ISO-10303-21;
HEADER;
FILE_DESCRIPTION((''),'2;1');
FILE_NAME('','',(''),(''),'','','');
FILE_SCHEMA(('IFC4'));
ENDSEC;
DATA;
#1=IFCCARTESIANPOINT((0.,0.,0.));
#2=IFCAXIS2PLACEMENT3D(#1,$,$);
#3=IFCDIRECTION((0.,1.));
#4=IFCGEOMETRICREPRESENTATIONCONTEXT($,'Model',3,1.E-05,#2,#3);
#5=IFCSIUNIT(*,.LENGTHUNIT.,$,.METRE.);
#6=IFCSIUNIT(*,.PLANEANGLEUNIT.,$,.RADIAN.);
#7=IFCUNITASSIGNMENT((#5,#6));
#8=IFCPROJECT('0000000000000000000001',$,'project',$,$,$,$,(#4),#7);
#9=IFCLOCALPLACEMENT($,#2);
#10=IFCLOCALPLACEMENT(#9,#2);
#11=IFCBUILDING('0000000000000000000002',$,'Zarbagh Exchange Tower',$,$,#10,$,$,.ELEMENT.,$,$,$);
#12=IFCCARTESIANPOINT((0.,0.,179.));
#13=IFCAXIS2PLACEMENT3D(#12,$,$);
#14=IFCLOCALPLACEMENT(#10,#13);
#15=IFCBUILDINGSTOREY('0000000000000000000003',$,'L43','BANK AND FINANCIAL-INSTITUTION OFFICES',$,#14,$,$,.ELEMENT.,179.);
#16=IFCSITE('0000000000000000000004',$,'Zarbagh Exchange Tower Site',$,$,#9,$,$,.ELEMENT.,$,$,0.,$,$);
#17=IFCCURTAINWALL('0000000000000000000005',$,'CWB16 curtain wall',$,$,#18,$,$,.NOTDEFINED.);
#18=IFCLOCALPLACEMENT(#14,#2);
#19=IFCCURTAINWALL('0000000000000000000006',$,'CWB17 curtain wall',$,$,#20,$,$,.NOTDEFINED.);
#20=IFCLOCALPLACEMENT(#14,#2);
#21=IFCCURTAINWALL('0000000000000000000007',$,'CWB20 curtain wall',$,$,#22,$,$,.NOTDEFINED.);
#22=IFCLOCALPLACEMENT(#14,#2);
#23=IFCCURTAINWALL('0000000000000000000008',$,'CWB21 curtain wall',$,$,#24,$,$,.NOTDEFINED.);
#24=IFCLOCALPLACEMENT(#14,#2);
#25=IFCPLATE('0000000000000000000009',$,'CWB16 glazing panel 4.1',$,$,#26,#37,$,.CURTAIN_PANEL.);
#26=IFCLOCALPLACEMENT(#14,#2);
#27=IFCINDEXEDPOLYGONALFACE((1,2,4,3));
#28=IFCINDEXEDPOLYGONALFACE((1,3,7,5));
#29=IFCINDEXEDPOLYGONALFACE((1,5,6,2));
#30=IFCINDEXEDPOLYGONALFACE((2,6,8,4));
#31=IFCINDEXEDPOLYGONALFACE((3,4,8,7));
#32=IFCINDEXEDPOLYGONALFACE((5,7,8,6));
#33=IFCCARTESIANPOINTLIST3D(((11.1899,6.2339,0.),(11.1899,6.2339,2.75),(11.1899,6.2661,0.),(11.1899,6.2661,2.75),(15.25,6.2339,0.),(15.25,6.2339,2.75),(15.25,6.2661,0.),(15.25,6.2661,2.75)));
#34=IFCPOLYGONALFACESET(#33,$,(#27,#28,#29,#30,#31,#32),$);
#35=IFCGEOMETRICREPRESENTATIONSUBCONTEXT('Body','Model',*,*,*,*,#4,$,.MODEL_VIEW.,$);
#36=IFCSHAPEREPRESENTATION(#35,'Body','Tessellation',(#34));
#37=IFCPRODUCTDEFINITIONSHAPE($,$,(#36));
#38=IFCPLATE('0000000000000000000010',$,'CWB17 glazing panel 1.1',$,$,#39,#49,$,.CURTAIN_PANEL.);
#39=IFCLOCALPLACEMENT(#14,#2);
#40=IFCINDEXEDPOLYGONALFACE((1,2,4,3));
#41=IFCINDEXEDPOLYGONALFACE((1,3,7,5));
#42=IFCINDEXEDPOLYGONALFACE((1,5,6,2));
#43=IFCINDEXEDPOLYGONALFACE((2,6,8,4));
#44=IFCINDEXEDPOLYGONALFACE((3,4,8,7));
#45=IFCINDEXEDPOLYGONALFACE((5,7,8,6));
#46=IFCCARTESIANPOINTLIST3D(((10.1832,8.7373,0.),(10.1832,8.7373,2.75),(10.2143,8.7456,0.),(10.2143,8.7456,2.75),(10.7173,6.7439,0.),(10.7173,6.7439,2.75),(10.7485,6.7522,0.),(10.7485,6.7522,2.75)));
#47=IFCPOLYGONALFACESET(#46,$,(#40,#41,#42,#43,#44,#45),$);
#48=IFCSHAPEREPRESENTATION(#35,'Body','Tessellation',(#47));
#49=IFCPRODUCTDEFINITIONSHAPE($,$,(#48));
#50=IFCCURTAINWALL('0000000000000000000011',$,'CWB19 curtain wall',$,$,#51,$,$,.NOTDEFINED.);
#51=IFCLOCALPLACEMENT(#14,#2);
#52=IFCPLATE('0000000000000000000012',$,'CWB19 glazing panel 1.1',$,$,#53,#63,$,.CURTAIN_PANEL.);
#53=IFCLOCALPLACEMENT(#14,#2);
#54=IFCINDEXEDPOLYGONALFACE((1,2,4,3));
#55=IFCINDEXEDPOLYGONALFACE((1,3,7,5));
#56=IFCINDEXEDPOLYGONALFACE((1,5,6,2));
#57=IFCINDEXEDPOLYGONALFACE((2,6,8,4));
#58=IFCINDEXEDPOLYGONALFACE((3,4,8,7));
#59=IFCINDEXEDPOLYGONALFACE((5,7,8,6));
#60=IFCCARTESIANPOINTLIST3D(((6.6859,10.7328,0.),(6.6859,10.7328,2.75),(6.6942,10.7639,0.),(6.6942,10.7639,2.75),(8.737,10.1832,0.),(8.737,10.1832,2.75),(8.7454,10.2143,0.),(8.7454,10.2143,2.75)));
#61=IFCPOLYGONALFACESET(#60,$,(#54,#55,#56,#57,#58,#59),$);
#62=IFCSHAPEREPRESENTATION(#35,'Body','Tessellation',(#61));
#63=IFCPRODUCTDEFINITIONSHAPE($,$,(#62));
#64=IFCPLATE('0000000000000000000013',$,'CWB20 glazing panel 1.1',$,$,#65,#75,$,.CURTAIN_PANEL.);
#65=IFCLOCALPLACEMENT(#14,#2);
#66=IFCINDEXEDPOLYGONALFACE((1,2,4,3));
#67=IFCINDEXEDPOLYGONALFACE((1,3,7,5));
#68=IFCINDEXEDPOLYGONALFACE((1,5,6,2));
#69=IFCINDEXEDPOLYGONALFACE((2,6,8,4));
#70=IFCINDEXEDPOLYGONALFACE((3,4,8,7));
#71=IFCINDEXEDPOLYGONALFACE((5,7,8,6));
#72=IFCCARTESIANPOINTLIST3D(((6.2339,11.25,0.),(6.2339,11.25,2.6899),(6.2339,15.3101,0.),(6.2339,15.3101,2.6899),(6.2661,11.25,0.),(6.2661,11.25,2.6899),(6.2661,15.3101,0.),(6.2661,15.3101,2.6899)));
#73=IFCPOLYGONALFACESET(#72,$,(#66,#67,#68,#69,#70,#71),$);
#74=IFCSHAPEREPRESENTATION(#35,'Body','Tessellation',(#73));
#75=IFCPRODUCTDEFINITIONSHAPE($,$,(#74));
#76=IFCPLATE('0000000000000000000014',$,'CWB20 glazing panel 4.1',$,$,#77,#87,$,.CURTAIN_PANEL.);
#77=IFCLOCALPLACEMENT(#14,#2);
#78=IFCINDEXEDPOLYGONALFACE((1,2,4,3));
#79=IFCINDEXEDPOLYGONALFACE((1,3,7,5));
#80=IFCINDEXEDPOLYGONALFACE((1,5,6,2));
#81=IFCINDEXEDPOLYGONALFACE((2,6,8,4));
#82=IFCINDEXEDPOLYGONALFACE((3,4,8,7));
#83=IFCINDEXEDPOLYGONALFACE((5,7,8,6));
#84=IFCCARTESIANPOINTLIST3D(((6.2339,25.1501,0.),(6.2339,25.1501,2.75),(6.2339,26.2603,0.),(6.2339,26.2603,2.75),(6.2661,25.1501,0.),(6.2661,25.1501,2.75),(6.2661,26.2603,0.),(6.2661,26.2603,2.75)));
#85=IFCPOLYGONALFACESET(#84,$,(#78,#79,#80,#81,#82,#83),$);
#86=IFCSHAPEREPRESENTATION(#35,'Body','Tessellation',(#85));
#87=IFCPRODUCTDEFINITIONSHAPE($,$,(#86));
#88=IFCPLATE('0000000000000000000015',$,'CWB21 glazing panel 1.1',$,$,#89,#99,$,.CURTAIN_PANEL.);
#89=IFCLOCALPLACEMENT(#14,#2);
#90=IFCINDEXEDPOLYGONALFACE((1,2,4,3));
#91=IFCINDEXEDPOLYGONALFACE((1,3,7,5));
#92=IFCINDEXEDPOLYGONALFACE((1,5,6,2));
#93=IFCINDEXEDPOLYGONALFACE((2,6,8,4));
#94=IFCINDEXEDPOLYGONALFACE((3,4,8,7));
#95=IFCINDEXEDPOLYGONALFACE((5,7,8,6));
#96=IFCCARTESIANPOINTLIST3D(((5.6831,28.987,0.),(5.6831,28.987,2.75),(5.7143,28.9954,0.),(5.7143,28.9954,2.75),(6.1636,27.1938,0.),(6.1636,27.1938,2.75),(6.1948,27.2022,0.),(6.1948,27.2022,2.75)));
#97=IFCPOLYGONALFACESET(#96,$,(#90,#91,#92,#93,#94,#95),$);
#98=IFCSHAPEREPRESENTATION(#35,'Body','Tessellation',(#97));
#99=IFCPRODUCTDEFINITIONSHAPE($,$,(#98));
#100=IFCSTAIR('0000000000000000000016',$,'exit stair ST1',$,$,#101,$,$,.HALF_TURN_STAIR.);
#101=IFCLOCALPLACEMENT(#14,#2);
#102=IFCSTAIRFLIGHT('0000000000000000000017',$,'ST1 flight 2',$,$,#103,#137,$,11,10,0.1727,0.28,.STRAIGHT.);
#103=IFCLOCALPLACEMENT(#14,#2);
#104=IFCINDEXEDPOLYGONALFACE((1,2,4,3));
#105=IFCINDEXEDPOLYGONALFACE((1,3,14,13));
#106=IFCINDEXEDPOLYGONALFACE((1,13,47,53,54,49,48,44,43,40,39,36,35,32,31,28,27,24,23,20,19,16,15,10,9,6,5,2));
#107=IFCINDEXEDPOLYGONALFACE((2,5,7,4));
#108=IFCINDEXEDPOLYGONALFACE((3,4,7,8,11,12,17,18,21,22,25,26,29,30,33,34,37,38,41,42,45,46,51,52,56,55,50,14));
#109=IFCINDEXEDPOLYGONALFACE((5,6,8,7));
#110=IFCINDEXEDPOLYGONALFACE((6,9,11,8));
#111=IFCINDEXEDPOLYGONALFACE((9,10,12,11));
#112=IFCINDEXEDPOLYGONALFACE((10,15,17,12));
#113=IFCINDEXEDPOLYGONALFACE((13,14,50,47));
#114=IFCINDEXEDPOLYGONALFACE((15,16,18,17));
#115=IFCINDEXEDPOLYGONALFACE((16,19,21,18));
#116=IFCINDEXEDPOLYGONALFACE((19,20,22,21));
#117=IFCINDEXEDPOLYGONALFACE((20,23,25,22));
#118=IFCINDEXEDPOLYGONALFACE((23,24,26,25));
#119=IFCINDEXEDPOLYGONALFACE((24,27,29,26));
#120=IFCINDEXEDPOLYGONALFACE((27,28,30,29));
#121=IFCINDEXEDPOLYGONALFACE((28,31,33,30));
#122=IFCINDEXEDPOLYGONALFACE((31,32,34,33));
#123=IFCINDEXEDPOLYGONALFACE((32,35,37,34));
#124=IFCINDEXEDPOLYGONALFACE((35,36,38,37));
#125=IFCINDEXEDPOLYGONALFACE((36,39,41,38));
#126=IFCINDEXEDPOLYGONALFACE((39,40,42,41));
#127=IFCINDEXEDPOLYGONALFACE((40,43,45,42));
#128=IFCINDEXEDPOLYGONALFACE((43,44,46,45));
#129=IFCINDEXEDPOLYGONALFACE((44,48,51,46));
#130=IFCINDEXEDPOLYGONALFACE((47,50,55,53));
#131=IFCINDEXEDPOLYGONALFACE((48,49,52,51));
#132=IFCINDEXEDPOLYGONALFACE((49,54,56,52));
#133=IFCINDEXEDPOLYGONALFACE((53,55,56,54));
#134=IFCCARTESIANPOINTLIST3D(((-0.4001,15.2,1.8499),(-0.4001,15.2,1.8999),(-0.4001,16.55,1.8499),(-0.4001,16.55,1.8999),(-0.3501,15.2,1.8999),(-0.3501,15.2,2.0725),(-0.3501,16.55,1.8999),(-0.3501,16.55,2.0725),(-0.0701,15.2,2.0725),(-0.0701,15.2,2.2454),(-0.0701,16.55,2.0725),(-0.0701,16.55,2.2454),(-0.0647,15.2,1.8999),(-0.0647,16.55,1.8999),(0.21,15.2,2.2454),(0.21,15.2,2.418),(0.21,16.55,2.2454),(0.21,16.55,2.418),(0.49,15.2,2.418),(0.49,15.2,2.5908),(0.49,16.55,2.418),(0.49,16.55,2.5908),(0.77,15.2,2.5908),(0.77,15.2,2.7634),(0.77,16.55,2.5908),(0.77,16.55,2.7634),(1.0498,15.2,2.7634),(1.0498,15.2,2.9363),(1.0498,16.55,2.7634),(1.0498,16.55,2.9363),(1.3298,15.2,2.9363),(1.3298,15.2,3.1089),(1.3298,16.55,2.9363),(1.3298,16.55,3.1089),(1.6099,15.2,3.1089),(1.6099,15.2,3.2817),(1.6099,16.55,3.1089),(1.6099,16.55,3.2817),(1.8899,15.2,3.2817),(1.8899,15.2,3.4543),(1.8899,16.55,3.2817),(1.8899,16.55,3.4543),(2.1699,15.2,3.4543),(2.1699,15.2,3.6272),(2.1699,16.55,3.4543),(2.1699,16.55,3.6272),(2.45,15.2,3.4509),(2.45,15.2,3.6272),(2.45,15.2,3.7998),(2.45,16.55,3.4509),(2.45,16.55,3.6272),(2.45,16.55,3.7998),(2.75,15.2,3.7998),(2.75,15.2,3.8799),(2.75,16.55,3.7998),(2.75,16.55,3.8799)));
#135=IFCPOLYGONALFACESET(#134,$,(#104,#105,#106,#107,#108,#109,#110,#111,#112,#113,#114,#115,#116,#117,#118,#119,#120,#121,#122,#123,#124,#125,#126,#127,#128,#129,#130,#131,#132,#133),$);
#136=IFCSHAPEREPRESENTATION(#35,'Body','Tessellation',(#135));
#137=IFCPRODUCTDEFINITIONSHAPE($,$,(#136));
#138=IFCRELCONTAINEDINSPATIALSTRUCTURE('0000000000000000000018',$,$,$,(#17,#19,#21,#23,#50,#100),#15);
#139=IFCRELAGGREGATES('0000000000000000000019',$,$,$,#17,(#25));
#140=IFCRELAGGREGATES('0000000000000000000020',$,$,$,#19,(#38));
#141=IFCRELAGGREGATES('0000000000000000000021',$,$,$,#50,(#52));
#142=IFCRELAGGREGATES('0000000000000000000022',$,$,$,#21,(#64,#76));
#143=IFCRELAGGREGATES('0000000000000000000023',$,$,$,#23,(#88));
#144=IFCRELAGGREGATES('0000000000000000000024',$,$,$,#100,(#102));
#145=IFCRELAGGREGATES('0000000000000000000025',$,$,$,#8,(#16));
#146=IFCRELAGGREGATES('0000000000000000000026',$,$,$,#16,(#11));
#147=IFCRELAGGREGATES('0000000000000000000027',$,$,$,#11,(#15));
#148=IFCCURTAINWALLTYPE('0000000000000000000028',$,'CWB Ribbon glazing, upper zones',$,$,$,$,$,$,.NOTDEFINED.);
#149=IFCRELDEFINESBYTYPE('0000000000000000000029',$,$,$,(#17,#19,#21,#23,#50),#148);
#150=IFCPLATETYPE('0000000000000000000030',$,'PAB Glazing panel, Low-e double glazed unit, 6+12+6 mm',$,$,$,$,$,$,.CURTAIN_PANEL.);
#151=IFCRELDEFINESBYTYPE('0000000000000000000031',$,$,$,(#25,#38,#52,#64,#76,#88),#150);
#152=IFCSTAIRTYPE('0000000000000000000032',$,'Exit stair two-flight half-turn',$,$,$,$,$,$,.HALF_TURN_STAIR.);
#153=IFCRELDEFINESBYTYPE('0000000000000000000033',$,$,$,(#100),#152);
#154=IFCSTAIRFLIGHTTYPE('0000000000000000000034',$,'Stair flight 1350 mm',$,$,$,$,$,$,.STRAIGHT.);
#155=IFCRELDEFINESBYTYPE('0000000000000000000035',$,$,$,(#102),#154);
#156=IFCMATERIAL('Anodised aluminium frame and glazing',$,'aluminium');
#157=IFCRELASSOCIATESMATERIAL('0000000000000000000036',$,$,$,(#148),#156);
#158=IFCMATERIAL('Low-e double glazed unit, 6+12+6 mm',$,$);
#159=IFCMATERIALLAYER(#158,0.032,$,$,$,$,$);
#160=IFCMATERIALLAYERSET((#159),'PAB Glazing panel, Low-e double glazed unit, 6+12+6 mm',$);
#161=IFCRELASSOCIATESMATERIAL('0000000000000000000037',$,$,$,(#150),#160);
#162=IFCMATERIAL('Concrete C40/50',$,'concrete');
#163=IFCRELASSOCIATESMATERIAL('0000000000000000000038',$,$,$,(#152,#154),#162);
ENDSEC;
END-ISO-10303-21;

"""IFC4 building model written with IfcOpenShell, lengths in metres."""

from ifc_helpers import new_model, si_unit, direction, frame, origin, place, context, subcontext, project, spatial, polyline, outline, extrude, source, transform, mapped, material, layer, layer_set, type_object, element, aggregate, save


model = new_model("IFC4")

# Units and contexts
model_context = context("Model", 3, precision=1e-05, world=origin(), true_north=direction((0.0, 1.0)))
body_context = subcontext(model_context, "Body", "Model", "MODEL_VIEW")
ifc_project = project(units=[si_unit("LENGTHUNIT", "METRE"), si_unit("PLANEANGLEUNIT", "RADIAN")], contexts=[model_context])

# Site, building, storey
site_placement = place(None, origin())
site = spatial("IfcSite", under=ifc_project, at=site_placement, Name="Zarbagh Exchange Tower Site", CompositionType="ELEMENT", RefElevation=0.0)
building_placement = place(site_placement, origin())
building = spatial("IfcBuilding", under=site, at=building_placement, Name="Zarbagh Exchange Tower", CompositionType="ELEMENT")
storey_placement = place(building_placement, frame((0.0, 0.0, 179.0)))
storey = spatial("IfcBuildingStorey", under=building, at=storey_placement, Name="L43", Description="BANK AND FINANCIAL-INSTITUTION OFFICES", CompositionType="ELEMENT", Elevation=179.0)

# Curtain wall
ifc_material_1 = material(Name="Anodised aluminium frame and glazing", Category="aluminium")
curtain_wall_type = type_object("IfcCurtainWallType", Name="CWB Ribbon glazing, upper zones", PredefinedType="NOTDEFINED", material=ifc_material_1)
curtain_wall_1_placement = place(storey_placement, origin())
curtain_wall_1 = element("IfcCurtainWall", 1, at=curtain_wall_1_placement, inside=storey, type_object=curtain_wall_type, Name="CWB16 curtain wall", PredefinedType="NOTDEFINED")
placement = place(storey_placement, origin())

# Curtain wall
curtain_wall_2_placement = place(storey_placement, origin())
curtain_wall_2 = element("IfcCurtainWall", 2, at=curtain_wall_2_placement, inside=storey, type_object=curtain_wall_type, Name="CWB17 curtain wall", PredefinedType="NOTDEFINED")

# Curtain wall
curtain_wall_3_placement = place(storey_placement, origin())
curtain_wall_3 = element("IfcCurtainWall", 3, at=curtain_wall_3_placement, inside=storey, type_object=curtain_wall_type, Name="CWB20 curtain wall", PredefinedType="NOTDEFINED")

# Curtain wall
curtain_wall_4_placement = place(storey_placement, origin())
curtain_wall_4 = element("IfcCurtainWall", 4, at=curtain_wall_4_placement, inside=storey, type_object=curtain_wall_type, Name="CWB21 curtain wall", PredefinedType="NOTDEFINED")

# Shared definitions
ifc_material_2 = material(Name="Low-e double glazed unit, 6+12+6 mm")
ifc_layer = layer(ifc_material_2, 0.032)
ifc_layer_set = layer_set([ifc_layer], Name="PAB Glazing panel, Low-e double glazed unit, 6+12+6 mm")
plate_type = type_object("IfcPlateType", Name="PAB Glazing panel, Low-e double glazed unit, 6+12+6 mm", PredefinedType="CURTAIN_PANEL", material=ifc_layer_set)

# Plates
shared_shape_1 = source(origin(), body_context, "Body", "SweptSolid", [
    extrude(outline(polyline([(0.0, -0.0161), (4.0601, -0.0161), (4.0601, 0.0161), (0.0, 0.0161), (0.0, -0.0161)])), origin(), (0.0, 0.0, 1.0), 2.75),
])
plate_1 = element("IfcPlate", 5, at=placement, type_object=plate_type, Name="CWB16 glazing panel 4.1", PredefinedType="CURTAIN_PANEL", context=body_context, shape_type="MappedRepresentation", body=[
    mapped(shared_shape_1, transform((15.25, 6.25, 0.0), x_axis=(-1.0, 0.0, 0.0), y_axis=(0.0, -1.0, 0.0), z_axis=(0.0, 0.0, 1.0))),
])
aggregate(curtain_wall_1, [plate_1])
shared_shape_2 = source(origin(), body_context, "Body", "SweptSolid", [
    extrude(outline(polyline([(0.0, -0.0161), (2.0637, -0.0161), (2.0637, 0.0161), (0.0, 0.0161), (0.0, -0.0161)])), origin(), (0.0, 0.0, 1.0), 2.75),
])
plate_2 = element("IfcPlate", 6, at=placement, type_object=plate_type, Name="CWB17 glazing panel 1.1", PredefinedType="CURTAIN_PANEL", context=body_context, shape_type="MappedRepresentation", body=[
    mapped(shared_shape_2, transform((10.7329, 6.748, 0.0), x_axis=(-0.258825, 0.965924, 0.0), y_axis=(-0.965924, -0.258825, 0.0), z_axis=(0.0, 0.0, 1.0))),
])
aggregate(curtain_wall_2, [plate_2])

# Curtain wall, plate
curtain_wall_5_placement = place(storey_placement, origin())
curtain_wall_5 = element("IfcCurtainWall", 7, at=curtain_wall_5_placement, inside=storey, type_object=curtain_wall_type, Name="CWB19 curtain wall", PredefinedType="NOTDEFINED")
shared_shape_3 = source(origin(), body_context, "Body", "SweptSolid", [
    extrude(outline(polyline([(0.0, -0.0161), (2.1235, -0.0161), (2.1235, 0.0161), (0.0, 0.0161), (0.0, -0.0161)])), origin(), (0.0, 0.0, 1.0), 2.75),
])
plate_3 = element("IfcPlate", 8, at=placement, type_object=plate_type, Name="CWB19 glazing panel 1.1", PredefinedType="CURTAIN_PANEL", context=body_context, shape_type="MappedRepresentation", body=[
    mapped(shared_shape_3, transform((8.7412, 10.1987, 0.0), x_axis=(-0.965924, 0.258825, 0.0), y_axis=(-0.258825, -0.965924, 0.0), z_axis=(0.0, 0.0, 1.0))),
])
aggregate(curtain_wall_5, [plate_3])

# Plates
shared_shape_4 = source(origin(), body_context, "Body", "SweptSolid", [
    extrude(outline(polyline([(0.0, -0.0161), (4.0601, -0.0161), (4.0601, 0.0161), (0.0, 0.0161), (0.0, -0.0161)])), origin(), (0.0, 0.0, 1.0), 2.6899),
])
plate_4 = element("IfcPlate", 9, at=placement, type_object=plate_type, Name="CWB20 glazing panel 1.1", PredefinedType="CURTAIN_PANEL", context=body_context, shape_type="MappedRepresentation", body=[
    mapped(shared_shape_4, transform((6.25, 11.25, 0.0), x_axis=(0.0, 1.0, 0.0), y_axis=(-1.0, 0.0, 0.0), z_axis=(0.0, 0.0, 1.0))),
])
shared_shape_5 = source(origin(), body_context, "Body", "SweptSolid", [
    extrude(outline(polyline([(0.0, -0.0161), (1.1101, -0.0161), (1.1101, 0.0161), (0.0, 0.0161), (0.0, -0.0161)])), origin(), (0.0, 0.0, 1.0), 2.75),
])
plate_5 = element("IfcPlate", 10, at=placement, type_object=plate_type, Name="CWB20 glazing panel 4.1", PredefinedType="CURTAIN_PANEL", context=body_context, shape_type="MappedRepresentation", body=[
    mapped(shared_shape_5, transform((6.25, 25.1501, 0.0), x_axis=(0.0, 1.0, 0.0), y_axis=(-1.0, 0.0, 0.0), z_axis=(0.0, 0.0, 1.0))),
])
aggregate(curtain_wall_3, [plate_4, plate_5])
shared_shape_6 = source(origin(), body_context, "Body", "SweptSolid", [
    extrude(outline(polyline([(0.0, -0.0161), (1.8564, -0.0161), (1.8564, 0.0161), (0.0, 0.0161), (0.0, -0.0161)])), origin(), (0.0, 0.0, 1.0), 2.75),
])
plate_6 = element("IfcPlate", 11, at=placement, type_object=plate_type, Name="CWB21 glazing panel 1.1", PredefinedType="CURTAIN_PANEL", context=body_context, shape_type="MappedRepresentation", body=[
    mapped(shared_shape_6, transform((6.1792, 27.198, 0.0), x_axis=(-0.258825, 0.965924, 0.0), y_axis=(-0.965924, -0.258825, 0.0), z_axis=(0.0, 0.0, 1.0))),
])
aggregate(curtain_wall_4, [plate_6])

# Stair, stair flight
ifc_material_3 = material(Name="Concrete C40/50", Category="concrete")
stair_type = type_object("IfcStairType", Name="Exit stair two-flight half-turn", PredefinedType="HALF_TURN_STAIR", material=ifc_material_3)
stair_placement = place(storey_placement, origin())
stair = element("IfcStair", 12, at=stair_placement, inside=storey, type_object=stair_type, Name="exit stair ST1", PredefinedType="HALF_TURN_STAIR")
stair_flight_type = type_object("IfcStairFlightType", Name="Stair flight 1350 mm", PredefinedType="STRAIGHT", material=ifc_material_3)
stair_flight_placement = place(storey_placement, frame((-0.3501, 15.875, 1.8999), z_axis=(0.0, 0.0, 1.0), x_axis=(1.0, 0.0, 0.0)))
stair_flight = element("IfcStairFlight", 13, at=stair_flight_placement, type_object=stair_flight_type, Name="ST1 flight 2", NumberOfRisers=11, NumberOfTreads=10, PredefinedType="STRAIGHT", RiserHeight=0.1727, TreadLength=0.28, context=body_context, shape_type="SweptSolid", body=[
    extrude(outline(polyline([(-0.05, -0.05), (-0.05, 0.0), (0.0, 0.0), (0.0, 0.1726), (0.28, 0.1726), (0.28, 0.3455), (0.5601, 0.3455), (0.5601, 0.5181), (0.8401, 0.5181), (0.8401, 0.6909), (1.1201, 0.6909), (1.1201, 0.8635), (1.3999, 0.8635), (1.3999, 1.0364), (1.6799, 1.0364), (1.6799, 1.209), (1.96, 1.209), (1.96, 1.3818), (2.24, 1.3818), (2.24, 1.5544), (2.52, 1.5544), (2.52, 1.7273), (2.8, 1.7273), (2.8, 1.8999), (3.1001, 1.98), (3.1001, 1.8999), (2.8, 1.551), (0.2854, 0.0), (-0.05, -0.05)])), frame((0.0, 0.675, 0.0), z_axis=(0.0, -1.0, 0.0), x_axis=(1.0, 0.0, 0.0)), (0.0, 0.0, 1.0), 1.3501),
])
aggregate(stair, [stair_flight])

save(model, "model.ifc")
